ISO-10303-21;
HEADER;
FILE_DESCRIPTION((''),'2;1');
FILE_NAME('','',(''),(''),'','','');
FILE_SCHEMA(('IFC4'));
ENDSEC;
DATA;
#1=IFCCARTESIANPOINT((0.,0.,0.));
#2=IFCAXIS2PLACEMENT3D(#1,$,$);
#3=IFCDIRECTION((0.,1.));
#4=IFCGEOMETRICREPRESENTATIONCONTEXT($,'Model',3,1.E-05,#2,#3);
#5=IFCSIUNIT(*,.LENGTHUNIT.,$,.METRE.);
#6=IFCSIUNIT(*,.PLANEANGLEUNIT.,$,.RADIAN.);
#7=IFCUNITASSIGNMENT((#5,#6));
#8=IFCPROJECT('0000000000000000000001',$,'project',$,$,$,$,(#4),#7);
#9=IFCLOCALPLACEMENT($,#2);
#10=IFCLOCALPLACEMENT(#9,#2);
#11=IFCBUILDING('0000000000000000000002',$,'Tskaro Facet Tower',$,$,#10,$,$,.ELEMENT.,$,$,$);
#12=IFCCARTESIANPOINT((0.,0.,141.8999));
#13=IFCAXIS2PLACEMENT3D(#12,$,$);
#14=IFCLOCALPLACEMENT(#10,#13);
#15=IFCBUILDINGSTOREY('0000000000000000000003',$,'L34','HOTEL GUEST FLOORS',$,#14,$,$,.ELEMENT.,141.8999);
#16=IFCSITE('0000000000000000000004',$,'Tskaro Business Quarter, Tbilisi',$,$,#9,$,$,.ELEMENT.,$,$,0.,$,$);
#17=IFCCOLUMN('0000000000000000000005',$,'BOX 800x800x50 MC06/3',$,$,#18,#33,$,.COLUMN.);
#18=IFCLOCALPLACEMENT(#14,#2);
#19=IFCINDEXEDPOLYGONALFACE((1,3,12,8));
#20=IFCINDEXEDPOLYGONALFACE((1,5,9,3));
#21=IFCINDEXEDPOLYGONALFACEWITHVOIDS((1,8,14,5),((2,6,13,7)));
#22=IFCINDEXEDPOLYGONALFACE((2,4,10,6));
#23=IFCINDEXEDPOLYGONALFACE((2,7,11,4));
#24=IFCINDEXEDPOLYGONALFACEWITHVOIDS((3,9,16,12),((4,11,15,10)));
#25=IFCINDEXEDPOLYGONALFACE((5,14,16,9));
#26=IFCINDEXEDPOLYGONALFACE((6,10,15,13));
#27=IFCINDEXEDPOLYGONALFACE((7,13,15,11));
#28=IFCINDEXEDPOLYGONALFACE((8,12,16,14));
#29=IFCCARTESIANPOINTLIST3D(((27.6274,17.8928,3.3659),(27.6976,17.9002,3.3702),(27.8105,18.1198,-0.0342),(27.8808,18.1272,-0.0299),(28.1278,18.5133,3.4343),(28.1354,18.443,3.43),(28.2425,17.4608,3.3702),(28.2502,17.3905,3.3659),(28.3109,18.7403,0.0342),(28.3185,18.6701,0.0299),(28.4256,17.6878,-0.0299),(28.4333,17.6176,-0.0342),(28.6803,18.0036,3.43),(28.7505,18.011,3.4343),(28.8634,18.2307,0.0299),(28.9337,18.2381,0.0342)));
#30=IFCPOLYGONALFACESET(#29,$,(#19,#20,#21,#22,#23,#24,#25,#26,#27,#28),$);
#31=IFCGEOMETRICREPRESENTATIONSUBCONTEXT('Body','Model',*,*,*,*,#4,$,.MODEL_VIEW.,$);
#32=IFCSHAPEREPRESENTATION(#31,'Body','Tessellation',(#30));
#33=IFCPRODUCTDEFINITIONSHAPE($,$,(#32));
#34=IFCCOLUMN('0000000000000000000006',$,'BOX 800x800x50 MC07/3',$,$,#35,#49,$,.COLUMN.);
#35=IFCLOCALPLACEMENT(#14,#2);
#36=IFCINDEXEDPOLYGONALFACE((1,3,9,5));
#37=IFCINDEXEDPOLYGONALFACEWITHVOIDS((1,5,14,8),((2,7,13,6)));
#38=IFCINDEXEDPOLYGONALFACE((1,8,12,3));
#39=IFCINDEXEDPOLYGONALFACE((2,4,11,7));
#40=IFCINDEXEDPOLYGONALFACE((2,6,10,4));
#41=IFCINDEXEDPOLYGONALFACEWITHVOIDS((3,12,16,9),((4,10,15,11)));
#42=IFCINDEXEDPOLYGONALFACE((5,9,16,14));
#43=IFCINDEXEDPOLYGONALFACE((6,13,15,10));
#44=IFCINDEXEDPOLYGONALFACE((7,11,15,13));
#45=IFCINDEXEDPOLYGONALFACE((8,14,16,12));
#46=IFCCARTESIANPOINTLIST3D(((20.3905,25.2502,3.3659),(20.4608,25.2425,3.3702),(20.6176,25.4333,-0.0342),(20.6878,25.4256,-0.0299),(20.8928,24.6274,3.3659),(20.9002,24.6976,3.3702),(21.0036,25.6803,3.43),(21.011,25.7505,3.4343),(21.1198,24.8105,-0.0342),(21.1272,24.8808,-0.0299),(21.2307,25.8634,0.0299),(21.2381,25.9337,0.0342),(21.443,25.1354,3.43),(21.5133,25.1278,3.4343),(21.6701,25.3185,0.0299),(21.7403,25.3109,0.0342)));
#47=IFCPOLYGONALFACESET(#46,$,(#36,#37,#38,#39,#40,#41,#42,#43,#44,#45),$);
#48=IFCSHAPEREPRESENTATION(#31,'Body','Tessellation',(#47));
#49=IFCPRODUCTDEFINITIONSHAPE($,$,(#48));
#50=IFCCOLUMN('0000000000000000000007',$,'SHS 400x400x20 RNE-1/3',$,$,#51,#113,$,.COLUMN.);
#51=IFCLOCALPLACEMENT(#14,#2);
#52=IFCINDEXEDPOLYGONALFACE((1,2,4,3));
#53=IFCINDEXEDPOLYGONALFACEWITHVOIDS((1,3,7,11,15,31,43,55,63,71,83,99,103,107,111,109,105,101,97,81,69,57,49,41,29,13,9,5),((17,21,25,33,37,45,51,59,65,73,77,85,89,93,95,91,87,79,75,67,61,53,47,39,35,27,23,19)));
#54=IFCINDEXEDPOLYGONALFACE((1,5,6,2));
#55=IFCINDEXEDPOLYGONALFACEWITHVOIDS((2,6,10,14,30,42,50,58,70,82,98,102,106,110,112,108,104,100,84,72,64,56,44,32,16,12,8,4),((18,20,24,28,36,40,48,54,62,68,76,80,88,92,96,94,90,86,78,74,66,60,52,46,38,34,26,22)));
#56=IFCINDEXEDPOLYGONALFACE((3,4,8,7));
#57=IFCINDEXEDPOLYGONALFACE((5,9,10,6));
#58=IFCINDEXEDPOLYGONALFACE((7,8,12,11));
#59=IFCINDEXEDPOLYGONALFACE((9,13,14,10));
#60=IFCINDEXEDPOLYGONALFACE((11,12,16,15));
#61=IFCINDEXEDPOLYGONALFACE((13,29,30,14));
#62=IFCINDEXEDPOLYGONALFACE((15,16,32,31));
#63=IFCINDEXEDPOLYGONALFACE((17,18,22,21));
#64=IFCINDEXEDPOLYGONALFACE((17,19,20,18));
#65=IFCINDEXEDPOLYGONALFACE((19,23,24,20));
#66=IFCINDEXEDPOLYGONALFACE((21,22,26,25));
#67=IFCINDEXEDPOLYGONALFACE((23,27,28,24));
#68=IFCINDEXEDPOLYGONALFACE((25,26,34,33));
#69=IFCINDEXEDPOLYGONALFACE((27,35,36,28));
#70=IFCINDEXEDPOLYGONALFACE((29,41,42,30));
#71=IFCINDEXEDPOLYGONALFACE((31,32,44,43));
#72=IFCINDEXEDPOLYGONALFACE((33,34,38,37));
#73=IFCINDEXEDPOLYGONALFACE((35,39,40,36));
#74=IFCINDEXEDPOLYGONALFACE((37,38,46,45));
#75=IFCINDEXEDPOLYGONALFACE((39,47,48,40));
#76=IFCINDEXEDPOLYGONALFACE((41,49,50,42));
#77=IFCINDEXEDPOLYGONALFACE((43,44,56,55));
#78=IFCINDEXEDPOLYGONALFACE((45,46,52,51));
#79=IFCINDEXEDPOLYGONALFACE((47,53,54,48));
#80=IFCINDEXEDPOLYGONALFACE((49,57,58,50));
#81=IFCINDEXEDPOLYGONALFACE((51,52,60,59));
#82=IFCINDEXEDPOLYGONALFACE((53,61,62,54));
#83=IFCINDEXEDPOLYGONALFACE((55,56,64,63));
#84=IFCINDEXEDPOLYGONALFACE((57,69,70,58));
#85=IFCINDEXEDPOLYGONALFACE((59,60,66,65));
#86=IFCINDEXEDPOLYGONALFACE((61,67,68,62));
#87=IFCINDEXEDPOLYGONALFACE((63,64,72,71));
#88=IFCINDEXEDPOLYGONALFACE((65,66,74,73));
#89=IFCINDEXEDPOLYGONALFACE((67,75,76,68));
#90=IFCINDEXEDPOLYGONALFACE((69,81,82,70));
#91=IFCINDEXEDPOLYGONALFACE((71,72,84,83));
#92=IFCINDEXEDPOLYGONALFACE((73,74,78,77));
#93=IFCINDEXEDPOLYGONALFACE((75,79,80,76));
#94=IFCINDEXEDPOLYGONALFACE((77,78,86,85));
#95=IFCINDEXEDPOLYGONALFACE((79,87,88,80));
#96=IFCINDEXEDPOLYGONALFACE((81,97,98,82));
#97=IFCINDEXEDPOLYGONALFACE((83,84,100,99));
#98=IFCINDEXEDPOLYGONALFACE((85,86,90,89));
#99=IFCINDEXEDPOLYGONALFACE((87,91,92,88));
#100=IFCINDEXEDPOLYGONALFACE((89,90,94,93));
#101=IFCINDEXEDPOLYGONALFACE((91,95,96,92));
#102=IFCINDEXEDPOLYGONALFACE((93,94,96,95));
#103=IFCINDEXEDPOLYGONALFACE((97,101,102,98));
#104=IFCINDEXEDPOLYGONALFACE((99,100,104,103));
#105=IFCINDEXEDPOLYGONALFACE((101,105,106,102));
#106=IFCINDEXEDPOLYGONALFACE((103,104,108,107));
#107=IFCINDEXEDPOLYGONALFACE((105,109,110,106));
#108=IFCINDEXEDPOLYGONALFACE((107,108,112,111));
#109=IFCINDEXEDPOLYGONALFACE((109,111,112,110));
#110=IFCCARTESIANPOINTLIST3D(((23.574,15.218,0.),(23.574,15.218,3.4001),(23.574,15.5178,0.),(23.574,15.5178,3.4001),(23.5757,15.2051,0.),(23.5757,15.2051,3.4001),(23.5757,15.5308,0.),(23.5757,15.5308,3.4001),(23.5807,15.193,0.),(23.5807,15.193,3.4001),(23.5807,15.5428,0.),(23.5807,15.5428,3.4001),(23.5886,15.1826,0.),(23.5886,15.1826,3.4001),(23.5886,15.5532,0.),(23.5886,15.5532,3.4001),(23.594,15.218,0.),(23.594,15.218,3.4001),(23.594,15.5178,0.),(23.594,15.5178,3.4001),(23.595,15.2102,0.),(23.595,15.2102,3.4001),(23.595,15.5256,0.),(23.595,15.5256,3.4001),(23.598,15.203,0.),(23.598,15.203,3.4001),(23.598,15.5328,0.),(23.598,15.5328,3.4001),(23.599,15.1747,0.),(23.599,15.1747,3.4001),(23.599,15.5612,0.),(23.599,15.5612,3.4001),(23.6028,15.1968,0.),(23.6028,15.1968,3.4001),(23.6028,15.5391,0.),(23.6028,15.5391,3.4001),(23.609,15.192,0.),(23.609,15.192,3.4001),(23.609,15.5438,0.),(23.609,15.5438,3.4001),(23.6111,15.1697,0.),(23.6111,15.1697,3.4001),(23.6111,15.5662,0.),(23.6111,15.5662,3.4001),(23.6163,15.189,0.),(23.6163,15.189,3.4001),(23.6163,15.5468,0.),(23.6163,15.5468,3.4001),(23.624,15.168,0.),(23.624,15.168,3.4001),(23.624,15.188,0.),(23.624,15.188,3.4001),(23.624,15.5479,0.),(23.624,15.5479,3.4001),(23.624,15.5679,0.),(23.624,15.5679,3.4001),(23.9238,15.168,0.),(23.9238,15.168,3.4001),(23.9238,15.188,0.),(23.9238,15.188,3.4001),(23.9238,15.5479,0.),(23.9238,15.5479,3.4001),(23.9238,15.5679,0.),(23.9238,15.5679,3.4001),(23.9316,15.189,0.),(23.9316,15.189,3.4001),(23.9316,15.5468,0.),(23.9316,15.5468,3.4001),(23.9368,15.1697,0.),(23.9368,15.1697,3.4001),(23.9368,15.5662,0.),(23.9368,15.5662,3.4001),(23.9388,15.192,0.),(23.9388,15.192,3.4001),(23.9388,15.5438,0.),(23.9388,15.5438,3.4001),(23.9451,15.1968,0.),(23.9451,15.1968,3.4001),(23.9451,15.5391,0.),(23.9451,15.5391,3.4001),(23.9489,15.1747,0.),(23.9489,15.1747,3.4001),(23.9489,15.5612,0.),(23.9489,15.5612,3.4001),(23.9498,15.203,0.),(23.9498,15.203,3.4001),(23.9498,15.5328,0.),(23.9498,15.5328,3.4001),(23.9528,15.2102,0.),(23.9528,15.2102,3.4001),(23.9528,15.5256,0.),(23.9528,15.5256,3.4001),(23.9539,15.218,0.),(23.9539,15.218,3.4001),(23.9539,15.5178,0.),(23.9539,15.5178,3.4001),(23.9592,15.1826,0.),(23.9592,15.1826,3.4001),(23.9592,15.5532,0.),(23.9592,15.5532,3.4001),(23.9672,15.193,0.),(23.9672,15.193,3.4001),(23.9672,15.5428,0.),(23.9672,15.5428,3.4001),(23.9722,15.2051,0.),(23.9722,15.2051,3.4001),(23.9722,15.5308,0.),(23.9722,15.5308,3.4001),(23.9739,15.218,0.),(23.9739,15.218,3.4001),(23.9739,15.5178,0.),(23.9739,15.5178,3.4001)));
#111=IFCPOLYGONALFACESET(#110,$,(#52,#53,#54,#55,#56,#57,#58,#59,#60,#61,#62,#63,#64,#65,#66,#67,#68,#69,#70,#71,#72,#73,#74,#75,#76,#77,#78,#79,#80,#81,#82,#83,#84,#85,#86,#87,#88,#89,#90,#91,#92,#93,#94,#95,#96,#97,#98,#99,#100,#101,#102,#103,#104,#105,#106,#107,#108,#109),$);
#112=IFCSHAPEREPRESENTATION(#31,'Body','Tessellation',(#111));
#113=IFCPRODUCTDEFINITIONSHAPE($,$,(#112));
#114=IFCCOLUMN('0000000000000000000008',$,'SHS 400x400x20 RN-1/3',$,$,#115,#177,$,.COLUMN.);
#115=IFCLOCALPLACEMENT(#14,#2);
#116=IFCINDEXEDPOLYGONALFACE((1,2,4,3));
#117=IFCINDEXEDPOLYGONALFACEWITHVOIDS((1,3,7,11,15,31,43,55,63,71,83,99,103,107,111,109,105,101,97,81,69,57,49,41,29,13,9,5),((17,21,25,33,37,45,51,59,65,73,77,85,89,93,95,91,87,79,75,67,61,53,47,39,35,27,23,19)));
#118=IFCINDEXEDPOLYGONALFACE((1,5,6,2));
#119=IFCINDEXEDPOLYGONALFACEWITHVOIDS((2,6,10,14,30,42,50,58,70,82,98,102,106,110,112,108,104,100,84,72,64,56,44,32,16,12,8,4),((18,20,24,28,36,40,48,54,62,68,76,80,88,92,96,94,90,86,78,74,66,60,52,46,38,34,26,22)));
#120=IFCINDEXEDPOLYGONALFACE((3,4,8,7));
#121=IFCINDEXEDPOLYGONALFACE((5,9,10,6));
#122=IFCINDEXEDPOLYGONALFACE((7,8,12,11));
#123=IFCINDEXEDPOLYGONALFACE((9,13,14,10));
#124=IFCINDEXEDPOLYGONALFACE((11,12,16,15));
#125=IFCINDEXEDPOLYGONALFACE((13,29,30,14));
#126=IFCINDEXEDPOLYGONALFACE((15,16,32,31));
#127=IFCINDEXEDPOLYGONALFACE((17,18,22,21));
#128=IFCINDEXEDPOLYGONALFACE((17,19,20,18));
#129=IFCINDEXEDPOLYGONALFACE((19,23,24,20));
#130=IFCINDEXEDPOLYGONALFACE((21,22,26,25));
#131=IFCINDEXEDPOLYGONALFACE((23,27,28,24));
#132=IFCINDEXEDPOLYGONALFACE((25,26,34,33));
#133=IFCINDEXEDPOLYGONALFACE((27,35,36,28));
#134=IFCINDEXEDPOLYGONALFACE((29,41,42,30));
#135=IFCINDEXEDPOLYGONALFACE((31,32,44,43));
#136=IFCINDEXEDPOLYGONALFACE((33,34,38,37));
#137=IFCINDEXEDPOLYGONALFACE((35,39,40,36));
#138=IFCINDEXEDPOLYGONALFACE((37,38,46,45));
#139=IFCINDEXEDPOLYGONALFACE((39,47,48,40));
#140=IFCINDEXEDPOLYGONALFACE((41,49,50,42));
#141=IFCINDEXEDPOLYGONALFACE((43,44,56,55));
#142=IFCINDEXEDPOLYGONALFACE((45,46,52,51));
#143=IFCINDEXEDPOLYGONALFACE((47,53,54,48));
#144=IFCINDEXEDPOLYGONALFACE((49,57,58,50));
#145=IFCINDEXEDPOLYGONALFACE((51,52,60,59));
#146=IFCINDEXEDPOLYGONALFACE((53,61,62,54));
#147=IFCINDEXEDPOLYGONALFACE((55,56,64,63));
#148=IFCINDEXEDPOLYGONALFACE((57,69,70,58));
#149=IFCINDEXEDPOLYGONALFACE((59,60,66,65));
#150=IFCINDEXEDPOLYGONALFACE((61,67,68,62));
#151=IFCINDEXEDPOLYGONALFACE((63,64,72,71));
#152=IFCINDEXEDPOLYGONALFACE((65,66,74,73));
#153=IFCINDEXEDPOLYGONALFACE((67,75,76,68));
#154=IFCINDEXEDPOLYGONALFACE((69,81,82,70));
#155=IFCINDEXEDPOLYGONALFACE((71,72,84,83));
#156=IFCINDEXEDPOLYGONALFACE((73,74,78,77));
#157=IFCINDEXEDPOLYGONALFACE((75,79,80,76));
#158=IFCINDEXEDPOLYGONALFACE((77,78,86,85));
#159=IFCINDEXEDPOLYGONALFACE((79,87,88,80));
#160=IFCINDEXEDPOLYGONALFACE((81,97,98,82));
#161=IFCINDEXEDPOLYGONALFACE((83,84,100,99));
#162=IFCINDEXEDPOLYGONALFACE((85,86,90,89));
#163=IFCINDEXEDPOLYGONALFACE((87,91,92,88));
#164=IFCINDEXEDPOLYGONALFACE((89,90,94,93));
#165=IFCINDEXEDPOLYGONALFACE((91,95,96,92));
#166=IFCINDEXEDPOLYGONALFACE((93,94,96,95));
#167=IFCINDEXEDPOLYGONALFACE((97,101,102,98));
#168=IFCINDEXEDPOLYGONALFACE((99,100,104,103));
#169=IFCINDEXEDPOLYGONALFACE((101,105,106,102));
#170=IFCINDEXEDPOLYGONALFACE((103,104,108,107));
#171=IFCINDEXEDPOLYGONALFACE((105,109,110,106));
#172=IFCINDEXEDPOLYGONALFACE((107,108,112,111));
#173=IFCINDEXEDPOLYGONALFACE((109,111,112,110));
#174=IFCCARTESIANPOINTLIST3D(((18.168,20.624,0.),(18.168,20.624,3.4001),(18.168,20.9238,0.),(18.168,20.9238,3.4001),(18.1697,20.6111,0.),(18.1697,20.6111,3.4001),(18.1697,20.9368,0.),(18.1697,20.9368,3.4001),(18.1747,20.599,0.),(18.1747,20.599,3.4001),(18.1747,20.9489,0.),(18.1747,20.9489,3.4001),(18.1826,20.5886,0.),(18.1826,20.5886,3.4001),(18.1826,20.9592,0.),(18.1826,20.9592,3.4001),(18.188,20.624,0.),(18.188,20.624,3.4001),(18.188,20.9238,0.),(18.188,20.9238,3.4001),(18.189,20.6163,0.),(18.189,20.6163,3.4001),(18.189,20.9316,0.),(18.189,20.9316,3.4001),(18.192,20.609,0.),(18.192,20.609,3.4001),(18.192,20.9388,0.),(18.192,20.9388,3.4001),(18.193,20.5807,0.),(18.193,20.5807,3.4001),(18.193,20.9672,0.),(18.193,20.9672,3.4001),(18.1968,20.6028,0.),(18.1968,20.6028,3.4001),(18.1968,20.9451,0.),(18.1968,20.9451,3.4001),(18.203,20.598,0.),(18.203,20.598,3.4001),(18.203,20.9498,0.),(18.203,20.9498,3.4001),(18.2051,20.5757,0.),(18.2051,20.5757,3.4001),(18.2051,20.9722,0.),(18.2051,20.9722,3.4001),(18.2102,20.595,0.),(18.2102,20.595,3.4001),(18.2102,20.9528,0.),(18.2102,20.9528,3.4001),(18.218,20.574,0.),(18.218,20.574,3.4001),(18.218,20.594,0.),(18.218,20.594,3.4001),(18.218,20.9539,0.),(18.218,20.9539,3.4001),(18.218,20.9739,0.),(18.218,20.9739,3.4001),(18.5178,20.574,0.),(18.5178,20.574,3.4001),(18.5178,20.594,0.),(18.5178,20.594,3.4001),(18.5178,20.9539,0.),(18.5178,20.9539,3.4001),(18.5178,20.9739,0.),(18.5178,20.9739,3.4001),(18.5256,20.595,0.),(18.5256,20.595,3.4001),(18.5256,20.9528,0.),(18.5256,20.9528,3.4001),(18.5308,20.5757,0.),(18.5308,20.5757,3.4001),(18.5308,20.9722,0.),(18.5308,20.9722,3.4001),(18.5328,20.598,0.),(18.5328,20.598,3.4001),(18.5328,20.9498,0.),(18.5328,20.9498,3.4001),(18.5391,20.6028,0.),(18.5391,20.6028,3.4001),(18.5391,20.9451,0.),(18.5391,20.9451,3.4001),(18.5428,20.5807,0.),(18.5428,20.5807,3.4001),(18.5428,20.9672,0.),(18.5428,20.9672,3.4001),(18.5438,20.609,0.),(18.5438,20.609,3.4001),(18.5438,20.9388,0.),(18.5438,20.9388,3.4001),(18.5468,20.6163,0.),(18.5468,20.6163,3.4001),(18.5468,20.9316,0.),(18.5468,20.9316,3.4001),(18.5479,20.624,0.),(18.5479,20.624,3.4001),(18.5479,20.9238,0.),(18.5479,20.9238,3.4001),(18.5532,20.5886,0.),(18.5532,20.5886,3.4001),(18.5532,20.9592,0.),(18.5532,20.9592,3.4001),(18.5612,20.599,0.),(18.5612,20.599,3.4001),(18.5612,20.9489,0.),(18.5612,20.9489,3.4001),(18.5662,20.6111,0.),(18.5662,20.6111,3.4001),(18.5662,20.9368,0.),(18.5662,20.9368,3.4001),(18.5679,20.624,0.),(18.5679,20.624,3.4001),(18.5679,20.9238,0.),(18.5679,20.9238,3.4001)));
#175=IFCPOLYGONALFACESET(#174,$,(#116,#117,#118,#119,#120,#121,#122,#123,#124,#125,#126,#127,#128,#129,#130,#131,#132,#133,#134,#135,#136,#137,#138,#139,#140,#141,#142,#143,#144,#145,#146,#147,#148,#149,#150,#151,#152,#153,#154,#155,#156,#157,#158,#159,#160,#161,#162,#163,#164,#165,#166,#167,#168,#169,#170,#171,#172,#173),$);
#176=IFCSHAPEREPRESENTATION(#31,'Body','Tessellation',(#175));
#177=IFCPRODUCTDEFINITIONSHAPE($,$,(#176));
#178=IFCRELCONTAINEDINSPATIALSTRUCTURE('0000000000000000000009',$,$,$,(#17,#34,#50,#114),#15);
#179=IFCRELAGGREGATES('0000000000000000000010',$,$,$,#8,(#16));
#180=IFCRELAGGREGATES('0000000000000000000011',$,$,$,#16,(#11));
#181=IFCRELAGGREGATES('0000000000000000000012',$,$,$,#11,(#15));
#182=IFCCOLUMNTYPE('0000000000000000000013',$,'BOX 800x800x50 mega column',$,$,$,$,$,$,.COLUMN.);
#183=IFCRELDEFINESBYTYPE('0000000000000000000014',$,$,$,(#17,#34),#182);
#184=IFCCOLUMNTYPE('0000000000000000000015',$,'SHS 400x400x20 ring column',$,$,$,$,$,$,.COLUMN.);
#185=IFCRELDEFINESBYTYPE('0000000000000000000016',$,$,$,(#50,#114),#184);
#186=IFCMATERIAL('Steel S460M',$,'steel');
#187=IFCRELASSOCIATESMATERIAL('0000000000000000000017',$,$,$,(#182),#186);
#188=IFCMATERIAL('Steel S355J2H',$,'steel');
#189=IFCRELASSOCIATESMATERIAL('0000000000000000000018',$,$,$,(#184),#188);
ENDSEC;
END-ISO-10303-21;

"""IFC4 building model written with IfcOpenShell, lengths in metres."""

from ifc_helpers import new_model, si_unit, direction, frame, origin, origin_2d, place, context, subcontext, project, spatial, hollow_rectangle, extrude, material, material_profile, profile_set, type_object, element, save


model = new_model("IFC4")

# Units and contexts
model_context = context("Model", 3, precision=1e-05, world=origin(), true_north=direction((0.0, 1.0)))
body_context = subcontext(model_context, "Body", "Model", "MODEL_VIEW")
ifc_project = project(units=[si_unit("LENGTHUNIT", "METRE"), si_unit("PLANEANGLEUNIT", "RADIAN")], contexts=[model_context])

# Site, building, storey
site_placement = place(None, origin())
site = spatial("IfcSite", under=ifc_project, at=site_placement, Name="Tskaro Business Quarter, Tbilisi", CompositionType="ELEMENT", RefElevation=0.0)
building_placement = place(site_placement, origin())
building = spatial("IfcBuilding", under=site, at=building_placement, Name="Tskaro Facet Tower", CompositionType="ELEMENT")
storey_placement = place(building_placement, frame((0.0, 0.0, 141.8999)))
storey = spatial("IfcBuildingStorey", under=building, at=storey_placement, Name="L34", Description="HOTEL GUEST FLOORS", CompositionType="ELEMENT", Elevation=141.8999)

# Columns
ifc_material_1 = material(Name="Steel S460M", Category="steel")
ifc_material_profile_1 = material_profile(ifc_material_1, hollow_rectangle(XDim=0.8, YDim=0.8, WallThickness=0.05, at=origin_2d()), Name="BOX 800x800x50")
ifc_profile_set_1 = profile_set([ifc_material_profile_1], Name="Steel S460M")
column_type_1 = type_object("IfcColumnType", Name="BOX 800x800x50 mega column", PredefinedType="COLUMN", material=ifc_profile_set_1)
for number, where, z_axis, x_axis, name in (
    (1, (28.3721, 18.179, 0.0), (-0.053655, -0.066532, 0.996341), (0.778413, -0.627752, 0.0), "BOX 800x800x50 MC06/3"),
    (2, (21.179, 25.3721, 0.0), (-0.066532, -0.053655, 0.996341), (0.627752, -0.778413, 0.0), "BOX 800x800x50 MC07/3"),
):
    element("IfcColumn", number, at=place(storey_placement, frame(where, z_axis=z_axis, x_axis=x_axis)), inside=storey, type_object=column_type_1, Name=name, PredefinedType="COLUMN", context=body_context, shape_type="SweptSolid", body=[
        extrude(hollow_rectangle(XDim=0.8, YDim=0.8, WallThickness=0.05, at=origin_2d()), origin(), (0.0, 0.0, 1.0), 3.4126),
    ])
ifc_material_2 = material(Name="Steel S355J2H", Category="steel")
ifc_material_profile_2 = material_profile(ifc_material_2, hollow_rectangle(XDim=0.3999, YDim=0.3999, WallThickness=0.02, InnerFilletRadius=0.03, OuterFilletRadius=0.05, at=origin_2d()), Name="SHS 400x400x20")
ifc_profile_set_2 = profile_set([ifc_material_profile_2], Name="Steel S355J2H")
column_type_2 = type_object("IfcColumnType", Name="SHS 400x400x20 ring column", PredefinedType="COLUMN", material=ifc_profile_set_2)
for number, where, z_axis, x_axis, name in (
    (3, (23.7739, 15.3679, 0.0), (0.0, 0.0, 1.0), (1.0, 0.0, 0.0), "SHS 400x400x20 RNE-1/3"),
    (4, (18.3679, 20.7739, 0.0), (0.0, 0.0, 1.0), (1.0, 0.0, 0.0), "SHS 400x400x20 RN-1/3"),
):
    element("IfcColumn", number, at=place(storey_placement, frame(where, z_axis=z_axis, x_axis=x_axis)), inside=storey, type_object=column_type_2, Name=name, PredefinedType="COLUMN", context=body_context, shape_type="SweptSolid", body=[
        extrude(hollow_rectangle(XDim=0.3999, YDim=0.3999, WallThickness=0.02, InnerFilletRadius=0.03, OuterFilletRadius=0.05, at=origin_2d()), origin(), (0.0, 0.0, 1.0), 3.4001),
    ])

save(model, "model.ifc")
